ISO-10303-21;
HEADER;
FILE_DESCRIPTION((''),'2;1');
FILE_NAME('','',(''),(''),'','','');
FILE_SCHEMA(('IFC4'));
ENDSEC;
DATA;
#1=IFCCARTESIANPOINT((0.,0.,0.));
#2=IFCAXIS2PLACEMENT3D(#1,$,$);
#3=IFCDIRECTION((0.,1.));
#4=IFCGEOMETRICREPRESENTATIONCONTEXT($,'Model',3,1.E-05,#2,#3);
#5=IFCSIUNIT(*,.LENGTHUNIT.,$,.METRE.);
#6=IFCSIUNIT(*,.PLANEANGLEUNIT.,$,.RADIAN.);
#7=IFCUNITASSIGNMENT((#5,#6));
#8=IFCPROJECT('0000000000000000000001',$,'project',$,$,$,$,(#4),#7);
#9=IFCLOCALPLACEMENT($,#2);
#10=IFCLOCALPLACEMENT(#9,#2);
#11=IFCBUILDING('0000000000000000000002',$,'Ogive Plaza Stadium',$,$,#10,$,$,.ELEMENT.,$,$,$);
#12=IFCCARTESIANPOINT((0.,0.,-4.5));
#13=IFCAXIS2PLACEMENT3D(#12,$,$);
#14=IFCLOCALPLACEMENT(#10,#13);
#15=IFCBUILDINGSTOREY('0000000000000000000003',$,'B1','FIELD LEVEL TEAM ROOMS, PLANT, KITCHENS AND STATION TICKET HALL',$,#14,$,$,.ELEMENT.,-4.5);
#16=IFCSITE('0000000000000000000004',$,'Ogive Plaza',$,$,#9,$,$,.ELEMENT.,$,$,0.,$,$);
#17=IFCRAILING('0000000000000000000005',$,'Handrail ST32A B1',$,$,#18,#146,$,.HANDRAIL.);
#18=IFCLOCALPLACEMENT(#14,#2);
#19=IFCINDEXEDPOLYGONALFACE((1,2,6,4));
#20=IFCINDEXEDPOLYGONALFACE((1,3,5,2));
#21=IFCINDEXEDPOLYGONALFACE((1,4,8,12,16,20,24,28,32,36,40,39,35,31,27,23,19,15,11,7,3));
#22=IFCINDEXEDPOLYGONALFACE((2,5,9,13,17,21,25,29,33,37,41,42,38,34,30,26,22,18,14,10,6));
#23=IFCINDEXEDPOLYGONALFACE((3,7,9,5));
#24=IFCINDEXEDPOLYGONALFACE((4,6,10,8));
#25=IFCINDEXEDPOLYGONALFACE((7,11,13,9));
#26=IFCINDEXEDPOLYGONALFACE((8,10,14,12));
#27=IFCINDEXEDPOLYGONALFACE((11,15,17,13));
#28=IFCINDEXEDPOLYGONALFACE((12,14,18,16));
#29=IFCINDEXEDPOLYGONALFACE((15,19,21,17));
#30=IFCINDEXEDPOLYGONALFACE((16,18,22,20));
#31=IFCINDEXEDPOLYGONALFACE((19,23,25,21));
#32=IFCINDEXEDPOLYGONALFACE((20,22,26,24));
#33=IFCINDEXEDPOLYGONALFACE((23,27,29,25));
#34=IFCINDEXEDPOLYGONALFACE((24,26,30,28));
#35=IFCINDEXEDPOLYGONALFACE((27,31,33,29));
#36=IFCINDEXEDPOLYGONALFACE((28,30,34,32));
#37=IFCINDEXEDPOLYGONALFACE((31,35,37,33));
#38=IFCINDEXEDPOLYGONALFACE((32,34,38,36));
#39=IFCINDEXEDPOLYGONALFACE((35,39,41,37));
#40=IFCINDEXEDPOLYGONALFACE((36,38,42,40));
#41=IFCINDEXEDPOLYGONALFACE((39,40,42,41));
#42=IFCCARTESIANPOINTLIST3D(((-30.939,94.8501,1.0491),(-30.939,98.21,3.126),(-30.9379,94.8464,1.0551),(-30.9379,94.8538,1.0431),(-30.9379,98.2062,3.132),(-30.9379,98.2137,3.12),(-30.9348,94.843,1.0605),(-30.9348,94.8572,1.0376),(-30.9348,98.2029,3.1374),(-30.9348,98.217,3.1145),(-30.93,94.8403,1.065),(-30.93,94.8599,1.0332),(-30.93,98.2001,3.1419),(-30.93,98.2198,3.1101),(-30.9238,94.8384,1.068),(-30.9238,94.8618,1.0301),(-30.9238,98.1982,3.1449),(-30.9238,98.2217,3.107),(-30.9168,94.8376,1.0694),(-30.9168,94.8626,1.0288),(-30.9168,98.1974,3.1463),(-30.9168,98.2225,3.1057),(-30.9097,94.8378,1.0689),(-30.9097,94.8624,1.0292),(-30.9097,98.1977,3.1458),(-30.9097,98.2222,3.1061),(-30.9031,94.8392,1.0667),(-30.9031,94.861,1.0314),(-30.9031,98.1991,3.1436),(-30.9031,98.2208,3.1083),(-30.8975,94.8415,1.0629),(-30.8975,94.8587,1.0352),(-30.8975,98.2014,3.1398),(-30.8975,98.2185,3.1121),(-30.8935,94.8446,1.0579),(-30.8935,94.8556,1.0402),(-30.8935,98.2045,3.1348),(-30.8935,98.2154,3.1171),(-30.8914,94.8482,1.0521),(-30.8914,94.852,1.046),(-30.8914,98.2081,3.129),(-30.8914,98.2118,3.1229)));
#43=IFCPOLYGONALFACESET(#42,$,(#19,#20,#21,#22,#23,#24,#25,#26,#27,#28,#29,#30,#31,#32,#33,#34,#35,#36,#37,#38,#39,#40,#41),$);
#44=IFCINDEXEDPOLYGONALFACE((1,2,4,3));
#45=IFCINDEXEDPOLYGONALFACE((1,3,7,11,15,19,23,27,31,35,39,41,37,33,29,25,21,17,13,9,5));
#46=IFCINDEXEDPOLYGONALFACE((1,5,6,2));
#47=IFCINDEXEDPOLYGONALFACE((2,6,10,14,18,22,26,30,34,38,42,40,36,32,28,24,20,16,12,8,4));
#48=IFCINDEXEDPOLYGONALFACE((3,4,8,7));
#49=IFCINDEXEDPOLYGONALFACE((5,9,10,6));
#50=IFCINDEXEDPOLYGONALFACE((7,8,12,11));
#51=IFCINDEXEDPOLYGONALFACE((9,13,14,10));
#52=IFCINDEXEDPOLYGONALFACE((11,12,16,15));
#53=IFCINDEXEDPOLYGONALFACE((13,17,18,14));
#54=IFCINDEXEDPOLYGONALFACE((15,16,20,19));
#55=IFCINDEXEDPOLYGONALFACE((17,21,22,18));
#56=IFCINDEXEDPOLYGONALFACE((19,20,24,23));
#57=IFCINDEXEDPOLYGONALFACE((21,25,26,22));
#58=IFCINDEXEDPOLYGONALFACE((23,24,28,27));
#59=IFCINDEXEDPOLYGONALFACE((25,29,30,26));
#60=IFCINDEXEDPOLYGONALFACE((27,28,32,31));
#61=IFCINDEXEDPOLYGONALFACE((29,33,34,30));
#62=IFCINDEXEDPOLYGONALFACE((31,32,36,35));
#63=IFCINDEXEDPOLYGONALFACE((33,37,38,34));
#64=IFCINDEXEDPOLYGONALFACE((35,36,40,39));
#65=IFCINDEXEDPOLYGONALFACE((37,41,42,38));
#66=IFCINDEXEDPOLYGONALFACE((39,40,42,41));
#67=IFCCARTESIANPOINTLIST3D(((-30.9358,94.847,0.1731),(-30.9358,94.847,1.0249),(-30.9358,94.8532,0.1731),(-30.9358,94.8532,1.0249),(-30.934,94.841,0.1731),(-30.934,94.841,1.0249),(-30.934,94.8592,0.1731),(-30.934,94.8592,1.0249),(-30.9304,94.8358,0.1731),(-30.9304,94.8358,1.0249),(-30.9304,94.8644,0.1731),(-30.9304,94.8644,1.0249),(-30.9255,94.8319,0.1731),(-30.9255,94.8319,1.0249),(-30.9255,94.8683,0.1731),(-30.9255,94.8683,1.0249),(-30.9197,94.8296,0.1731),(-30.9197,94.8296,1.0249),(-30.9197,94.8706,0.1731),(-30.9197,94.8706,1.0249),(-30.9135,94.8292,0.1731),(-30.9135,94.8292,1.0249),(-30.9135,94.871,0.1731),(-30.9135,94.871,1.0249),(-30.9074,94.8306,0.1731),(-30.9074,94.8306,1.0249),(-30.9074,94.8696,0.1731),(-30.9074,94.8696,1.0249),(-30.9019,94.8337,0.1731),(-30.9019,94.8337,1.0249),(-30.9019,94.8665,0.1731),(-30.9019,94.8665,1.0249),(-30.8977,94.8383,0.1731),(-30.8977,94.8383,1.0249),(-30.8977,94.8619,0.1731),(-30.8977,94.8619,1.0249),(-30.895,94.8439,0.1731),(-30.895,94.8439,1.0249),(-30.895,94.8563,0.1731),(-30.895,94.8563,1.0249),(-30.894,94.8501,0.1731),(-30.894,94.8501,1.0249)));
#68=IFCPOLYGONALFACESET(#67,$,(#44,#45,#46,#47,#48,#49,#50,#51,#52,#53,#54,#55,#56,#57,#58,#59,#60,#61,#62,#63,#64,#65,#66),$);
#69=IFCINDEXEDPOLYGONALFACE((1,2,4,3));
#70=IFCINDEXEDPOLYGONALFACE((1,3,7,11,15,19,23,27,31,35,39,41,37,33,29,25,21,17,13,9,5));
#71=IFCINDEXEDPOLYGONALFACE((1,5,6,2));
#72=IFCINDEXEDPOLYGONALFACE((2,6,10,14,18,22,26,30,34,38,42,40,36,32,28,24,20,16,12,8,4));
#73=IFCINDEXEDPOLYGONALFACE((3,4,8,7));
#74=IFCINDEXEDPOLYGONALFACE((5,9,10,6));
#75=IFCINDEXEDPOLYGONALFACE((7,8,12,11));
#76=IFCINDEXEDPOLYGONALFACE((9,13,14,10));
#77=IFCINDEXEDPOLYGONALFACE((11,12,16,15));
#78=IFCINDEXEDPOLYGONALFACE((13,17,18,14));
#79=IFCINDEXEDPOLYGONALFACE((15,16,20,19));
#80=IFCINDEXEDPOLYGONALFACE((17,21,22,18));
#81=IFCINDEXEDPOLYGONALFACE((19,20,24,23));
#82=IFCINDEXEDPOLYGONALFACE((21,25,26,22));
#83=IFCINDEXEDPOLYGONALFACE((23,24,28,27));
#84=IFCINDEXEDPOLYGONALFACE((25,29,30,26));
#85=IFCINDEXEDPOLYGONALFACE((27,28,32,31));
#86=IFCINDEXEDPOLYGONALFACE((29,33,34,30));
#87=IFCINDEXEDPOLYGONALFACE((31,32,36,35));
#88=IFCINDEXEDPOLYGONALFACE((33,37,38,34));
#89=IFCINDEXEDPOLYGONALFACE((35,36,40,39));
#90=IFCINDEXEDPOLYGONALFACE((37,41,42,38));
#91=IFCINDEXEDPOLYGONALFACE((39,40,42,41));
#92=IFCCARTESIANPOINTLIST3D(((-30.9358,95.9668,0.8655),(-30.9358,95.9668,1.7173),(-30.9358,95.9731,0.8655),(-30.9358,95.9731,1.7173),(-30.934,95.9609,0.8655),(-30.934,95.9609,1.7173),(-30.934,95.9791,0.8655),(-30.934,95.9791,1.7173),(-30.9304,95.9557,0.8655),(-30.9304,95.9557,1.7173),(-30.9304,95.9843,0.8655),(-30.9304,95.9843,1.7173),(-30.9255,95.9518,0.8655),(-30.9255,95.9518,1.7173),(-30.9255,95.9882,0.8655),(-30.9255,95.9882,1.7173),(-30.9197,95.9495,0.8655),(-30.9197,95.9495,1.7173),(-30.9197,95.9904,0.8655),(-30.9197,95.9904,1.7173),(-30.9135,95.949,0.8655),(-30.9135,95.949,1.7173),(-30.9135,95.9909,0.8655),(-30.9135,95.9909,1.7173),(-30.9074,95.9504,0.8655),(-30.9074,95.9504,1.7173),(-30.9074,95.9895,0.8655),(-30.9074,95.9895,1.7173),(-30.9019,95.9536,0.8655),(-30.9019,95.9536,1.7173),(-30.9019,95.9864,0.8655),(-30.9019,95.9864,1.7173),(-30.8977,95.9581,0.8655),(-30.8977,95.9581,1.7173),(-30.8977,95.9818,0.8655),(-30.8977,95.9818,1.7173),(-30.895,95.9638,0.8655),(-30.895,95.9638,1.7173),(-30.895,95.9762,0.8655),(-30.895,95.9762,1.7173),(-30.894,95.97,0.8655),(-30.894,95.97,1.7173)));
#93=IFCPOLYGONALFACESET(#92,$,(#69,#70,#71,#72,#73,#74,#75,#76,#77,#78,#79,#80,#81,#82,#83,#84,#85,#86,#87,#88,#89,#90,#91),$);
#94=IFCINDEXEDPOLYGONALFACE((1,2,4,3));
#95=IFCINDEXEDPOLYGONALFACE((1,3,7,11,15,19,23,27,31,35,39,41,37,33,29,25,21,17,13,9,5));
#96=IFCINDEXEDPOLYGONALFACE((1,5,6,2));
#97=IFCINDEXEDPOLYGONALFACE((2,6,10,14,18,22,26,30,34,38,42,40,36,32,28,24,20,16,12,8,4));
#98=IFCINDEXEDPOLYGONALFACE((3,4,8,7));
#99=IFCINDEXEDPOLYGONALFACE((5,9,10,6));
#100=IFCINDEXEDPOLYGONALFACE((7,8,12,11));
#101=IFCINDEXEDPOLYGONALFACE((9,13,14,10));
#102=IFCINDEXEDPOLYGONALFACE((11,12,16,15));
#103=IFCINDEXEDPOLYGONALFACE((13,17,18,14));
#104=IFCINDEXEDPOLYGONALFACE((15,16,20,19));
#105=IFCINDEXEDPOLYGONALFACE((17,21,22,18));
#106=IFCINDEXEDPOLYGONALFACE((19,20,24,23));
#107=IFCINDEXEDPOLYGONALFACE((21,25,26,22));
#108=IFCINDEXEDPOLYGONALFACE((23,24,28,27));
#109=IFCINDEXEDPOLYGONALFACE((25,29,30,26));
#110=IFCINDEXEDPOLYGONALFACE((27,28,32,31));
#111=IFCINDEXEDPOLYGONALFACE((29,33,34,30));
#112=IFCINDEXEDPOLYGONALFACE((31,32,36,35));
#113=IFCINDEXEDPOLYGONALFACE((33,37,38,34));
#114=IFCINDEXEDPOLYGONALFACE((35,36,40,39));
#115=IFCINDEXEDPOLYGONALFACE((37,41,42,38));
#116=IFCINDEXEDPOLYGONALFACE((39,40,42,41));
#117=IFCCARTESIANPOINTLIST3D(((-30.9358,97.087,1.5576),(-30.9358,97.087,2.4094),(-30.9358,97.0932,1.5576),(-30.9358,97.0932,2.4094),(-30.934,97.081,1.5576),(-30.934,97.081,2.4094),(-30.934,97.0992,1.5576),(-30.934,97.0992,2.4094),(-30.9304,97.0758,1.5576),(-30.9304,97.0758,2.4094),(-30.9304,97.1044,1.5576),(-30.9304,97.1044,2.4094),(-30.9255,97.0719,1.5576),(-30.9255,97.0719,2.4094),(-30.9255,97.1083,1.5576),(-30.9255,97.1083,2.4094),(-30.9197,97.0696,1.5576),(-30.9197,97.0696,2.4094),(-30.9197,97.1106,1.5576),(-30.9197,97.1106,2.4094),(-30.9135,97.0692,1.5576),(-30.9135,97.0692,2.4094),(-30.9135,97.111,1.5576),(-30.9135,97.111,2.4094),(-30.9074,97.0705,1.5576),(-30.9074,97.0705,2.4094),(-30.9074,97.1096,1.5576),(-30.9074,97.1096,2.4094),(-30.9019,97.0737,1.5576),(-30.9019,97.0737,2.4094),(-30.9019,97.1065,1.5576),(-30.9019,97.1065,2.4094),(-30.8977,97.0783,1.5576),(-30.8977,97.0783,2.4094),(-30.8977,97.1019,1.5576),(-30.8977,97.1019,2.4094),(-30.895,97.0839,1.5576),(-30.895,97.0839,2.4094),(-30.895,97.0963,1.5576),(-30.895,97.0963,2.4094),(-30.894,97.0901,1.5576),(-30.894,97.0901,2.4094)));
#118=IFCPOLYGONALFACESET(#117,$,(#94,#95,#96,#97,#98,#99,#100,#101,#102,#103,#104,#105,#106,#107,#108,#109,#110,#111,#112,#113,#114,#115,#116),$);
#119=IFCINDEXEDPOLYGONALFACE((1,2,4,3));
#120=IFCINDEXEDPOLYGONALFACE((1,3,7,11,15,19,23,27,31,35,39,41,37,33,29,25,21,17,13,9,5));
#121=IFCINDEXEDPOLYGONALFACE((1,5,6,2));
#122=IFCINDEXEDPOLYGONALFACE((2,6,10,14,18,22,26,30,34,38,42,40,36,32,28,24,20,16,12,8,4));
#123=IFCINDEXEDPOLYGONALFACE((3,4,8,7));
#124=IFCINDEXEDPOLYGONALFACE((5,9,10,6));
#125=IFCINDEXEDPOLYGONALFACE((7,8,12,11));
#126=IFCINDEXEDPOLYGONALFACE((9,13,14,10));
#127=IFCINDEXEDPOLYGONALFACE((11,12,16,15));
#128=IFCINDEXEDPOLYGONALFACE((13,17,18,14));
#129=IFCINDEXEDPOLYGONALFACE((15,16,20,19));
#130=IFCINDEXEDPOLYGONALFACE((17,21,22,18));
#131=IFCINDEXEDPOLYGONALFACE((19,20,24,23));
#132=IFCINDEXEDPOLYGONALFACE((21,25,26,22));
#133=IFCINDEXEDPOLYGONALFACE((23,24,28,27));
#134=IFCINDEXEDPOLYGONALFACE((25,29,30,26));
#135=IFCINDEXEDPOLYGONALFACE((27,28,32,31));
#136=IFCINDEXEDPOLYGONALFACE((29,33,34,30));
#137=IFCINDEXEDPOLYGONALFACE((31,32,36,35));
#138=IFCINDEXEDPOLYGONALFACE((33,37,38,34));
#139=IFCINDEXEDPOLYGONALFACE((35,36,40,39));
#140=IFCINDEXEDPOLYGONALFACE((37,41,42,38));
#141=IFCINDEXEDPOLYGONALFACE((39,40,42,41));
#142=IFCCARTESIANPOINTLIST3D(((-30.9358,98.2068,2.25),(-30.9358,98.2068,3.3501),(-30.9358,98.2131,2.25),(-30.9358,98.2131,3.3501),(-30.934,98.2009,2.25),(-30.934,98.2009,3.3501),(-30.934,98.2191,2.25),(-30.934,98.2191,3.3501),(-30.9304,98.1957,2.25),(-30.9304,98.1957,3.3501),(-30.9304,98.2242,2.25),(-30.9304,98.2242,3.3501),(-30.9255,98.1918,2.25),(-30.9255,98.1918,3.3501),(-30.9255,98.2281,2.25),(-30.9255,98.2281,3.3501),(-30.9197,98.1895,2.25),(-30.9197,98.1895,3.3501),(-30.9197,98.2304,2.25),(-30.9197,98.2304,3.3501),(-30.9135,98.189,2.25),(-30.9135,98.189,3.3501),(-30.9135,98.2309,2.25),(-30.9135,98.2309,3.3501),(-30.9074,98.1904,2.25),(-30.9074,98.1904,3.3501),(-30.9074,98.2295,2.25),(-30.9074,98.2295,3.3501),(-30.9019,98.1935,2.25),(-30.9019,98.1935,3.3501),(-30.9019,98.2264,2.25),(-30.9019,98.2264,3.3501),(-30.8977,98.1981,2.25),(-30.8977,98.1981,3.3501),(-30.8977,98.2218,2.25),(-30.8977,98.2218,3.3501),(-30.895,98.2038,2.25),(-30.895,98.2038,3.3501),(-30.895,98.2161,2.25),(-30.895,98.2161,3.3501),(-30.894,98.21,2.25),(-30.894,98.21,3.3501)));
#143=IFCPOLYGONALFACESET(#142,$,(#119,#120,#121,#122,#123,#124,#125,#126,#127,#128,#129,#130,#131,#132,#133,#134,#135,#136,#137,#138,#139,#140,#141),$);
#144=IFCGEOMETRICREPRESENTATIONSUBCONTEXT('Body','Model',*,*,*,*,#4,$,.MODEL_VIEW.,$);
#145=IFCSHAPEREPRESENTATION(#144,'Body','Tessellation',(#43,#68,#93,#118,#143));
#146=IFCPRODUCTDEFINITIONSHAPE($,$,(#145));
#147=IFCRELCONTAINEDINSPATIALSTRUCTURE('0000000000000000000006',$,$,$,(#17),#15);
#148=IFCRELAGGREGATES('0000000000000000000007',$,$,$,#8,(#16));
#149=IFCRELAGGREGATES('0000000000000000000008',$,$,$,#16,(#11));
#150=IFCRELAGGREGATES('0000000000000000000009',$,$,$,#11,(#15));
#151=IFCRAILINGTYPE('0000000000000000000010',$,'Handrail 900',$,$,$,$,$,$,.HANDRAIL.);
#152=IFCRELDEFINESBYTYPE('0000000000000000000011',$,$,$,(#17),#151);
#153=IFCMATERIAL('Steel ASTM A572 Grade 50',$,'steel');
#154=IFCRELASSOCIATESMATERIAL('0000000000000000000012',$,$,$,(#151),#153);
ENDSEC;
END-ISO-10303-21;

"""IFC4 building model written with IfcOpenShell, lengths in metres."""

from ifc_helpers import new_model, si_unit, direction, frame, origin, origin_2d, place, context, subcontext, project, spatial, circle, extrude, material, type_object, element, save


model = new_model("IFC4")

# Units and contexts
model_context = context("Model", 3, precision=1e-05, world=origin(), true_north=direction((0.0, 1.0)))
body_context = subcontext(model_context, "Body", "Model", "MODEL_VIEW")
ifc_project = project(units=[si_unit("LENGTHUNIT", "METRE"), si_unit("PLANEANGLEUNIT", "RADIAN")], contexts=[model_context])

# Site, building, storey
site_placement = place(None, origin())
site = spatial("IfcSite", under=ifc_project, at=site_placement, Name="Ogive Plaza", CompositionType="ELEMENT", RefElevation=0.0)
building_placement = place(site_placement, origin())
building = spatial("IfcBuilding", under=site, at=building_placement, Name="Ogive Plaza Stadium", CompositionType="ELEMENT")
storey_placement = place(building_placement, frame((0.0, 0.0, -4.5)))
storey = spatial("IfcBuildingStorey", under=building, at=storey_placement, Name="B1", Description="FIELD LEVEL TEAM ROOMS, PLANT, KITCHENS AND STATION TICKET HALL", CompositionType="ELEMENT", Elevation=-4.5)

# Railing
ifc_material_1 = material(Name="Steel ASTM A572 Grade 50", Category="steel")
railing_type_1 = type_object("IfcRailingType", Name="Handrail 900", PredefinedType="HANDRAIL", material=ifc_material_1)
for number, where, name in (
    (1, (-30.915, 94.8501, 0.1731), "Handrail ST32A B1"),
):
    element("IfcRailing", number, at=place(storey_placement, frame(where)), inside=storey, type_object=railing_type_1, Name=name, PredefinedType="HANDRAIL", context=body_context, shape_type="SweptSolid", body=[
        extrude(circle(Radius=0.0239, at=origin_2d()), frame((0.0, 0.0, 0.876), z_axis=(0.0, 0.850606, 0.525803), x_axis=(-1.0, 0.0, 0.0)), (0.0, 0.0, 1.0), 3.95),
        extrude(circle(Radius=0.021, at=origin_2d()), origin(), (0.0, 0.0, 1.0), 0.8518),
        extrude(circle(Radius=0.021, at=origin_2d()), frame((0.0, 1.1199, 0.6924)), (0.0, 0.0, 1.0), 0.8518),
        extrude(circle(Radius=0.021, at=origin_2d()), frame((0.0, 2.24, 1.3845)), (0.0, 0.0, 1.0), 0.8518),
        extrude(circle(Radius=0.021, at=origin_2d()), frame((0.0, 3.3599, 2.0769)), (0.0, 0.0, 1.0), 1.1001),
    ])

save(model, "model.ifc")
